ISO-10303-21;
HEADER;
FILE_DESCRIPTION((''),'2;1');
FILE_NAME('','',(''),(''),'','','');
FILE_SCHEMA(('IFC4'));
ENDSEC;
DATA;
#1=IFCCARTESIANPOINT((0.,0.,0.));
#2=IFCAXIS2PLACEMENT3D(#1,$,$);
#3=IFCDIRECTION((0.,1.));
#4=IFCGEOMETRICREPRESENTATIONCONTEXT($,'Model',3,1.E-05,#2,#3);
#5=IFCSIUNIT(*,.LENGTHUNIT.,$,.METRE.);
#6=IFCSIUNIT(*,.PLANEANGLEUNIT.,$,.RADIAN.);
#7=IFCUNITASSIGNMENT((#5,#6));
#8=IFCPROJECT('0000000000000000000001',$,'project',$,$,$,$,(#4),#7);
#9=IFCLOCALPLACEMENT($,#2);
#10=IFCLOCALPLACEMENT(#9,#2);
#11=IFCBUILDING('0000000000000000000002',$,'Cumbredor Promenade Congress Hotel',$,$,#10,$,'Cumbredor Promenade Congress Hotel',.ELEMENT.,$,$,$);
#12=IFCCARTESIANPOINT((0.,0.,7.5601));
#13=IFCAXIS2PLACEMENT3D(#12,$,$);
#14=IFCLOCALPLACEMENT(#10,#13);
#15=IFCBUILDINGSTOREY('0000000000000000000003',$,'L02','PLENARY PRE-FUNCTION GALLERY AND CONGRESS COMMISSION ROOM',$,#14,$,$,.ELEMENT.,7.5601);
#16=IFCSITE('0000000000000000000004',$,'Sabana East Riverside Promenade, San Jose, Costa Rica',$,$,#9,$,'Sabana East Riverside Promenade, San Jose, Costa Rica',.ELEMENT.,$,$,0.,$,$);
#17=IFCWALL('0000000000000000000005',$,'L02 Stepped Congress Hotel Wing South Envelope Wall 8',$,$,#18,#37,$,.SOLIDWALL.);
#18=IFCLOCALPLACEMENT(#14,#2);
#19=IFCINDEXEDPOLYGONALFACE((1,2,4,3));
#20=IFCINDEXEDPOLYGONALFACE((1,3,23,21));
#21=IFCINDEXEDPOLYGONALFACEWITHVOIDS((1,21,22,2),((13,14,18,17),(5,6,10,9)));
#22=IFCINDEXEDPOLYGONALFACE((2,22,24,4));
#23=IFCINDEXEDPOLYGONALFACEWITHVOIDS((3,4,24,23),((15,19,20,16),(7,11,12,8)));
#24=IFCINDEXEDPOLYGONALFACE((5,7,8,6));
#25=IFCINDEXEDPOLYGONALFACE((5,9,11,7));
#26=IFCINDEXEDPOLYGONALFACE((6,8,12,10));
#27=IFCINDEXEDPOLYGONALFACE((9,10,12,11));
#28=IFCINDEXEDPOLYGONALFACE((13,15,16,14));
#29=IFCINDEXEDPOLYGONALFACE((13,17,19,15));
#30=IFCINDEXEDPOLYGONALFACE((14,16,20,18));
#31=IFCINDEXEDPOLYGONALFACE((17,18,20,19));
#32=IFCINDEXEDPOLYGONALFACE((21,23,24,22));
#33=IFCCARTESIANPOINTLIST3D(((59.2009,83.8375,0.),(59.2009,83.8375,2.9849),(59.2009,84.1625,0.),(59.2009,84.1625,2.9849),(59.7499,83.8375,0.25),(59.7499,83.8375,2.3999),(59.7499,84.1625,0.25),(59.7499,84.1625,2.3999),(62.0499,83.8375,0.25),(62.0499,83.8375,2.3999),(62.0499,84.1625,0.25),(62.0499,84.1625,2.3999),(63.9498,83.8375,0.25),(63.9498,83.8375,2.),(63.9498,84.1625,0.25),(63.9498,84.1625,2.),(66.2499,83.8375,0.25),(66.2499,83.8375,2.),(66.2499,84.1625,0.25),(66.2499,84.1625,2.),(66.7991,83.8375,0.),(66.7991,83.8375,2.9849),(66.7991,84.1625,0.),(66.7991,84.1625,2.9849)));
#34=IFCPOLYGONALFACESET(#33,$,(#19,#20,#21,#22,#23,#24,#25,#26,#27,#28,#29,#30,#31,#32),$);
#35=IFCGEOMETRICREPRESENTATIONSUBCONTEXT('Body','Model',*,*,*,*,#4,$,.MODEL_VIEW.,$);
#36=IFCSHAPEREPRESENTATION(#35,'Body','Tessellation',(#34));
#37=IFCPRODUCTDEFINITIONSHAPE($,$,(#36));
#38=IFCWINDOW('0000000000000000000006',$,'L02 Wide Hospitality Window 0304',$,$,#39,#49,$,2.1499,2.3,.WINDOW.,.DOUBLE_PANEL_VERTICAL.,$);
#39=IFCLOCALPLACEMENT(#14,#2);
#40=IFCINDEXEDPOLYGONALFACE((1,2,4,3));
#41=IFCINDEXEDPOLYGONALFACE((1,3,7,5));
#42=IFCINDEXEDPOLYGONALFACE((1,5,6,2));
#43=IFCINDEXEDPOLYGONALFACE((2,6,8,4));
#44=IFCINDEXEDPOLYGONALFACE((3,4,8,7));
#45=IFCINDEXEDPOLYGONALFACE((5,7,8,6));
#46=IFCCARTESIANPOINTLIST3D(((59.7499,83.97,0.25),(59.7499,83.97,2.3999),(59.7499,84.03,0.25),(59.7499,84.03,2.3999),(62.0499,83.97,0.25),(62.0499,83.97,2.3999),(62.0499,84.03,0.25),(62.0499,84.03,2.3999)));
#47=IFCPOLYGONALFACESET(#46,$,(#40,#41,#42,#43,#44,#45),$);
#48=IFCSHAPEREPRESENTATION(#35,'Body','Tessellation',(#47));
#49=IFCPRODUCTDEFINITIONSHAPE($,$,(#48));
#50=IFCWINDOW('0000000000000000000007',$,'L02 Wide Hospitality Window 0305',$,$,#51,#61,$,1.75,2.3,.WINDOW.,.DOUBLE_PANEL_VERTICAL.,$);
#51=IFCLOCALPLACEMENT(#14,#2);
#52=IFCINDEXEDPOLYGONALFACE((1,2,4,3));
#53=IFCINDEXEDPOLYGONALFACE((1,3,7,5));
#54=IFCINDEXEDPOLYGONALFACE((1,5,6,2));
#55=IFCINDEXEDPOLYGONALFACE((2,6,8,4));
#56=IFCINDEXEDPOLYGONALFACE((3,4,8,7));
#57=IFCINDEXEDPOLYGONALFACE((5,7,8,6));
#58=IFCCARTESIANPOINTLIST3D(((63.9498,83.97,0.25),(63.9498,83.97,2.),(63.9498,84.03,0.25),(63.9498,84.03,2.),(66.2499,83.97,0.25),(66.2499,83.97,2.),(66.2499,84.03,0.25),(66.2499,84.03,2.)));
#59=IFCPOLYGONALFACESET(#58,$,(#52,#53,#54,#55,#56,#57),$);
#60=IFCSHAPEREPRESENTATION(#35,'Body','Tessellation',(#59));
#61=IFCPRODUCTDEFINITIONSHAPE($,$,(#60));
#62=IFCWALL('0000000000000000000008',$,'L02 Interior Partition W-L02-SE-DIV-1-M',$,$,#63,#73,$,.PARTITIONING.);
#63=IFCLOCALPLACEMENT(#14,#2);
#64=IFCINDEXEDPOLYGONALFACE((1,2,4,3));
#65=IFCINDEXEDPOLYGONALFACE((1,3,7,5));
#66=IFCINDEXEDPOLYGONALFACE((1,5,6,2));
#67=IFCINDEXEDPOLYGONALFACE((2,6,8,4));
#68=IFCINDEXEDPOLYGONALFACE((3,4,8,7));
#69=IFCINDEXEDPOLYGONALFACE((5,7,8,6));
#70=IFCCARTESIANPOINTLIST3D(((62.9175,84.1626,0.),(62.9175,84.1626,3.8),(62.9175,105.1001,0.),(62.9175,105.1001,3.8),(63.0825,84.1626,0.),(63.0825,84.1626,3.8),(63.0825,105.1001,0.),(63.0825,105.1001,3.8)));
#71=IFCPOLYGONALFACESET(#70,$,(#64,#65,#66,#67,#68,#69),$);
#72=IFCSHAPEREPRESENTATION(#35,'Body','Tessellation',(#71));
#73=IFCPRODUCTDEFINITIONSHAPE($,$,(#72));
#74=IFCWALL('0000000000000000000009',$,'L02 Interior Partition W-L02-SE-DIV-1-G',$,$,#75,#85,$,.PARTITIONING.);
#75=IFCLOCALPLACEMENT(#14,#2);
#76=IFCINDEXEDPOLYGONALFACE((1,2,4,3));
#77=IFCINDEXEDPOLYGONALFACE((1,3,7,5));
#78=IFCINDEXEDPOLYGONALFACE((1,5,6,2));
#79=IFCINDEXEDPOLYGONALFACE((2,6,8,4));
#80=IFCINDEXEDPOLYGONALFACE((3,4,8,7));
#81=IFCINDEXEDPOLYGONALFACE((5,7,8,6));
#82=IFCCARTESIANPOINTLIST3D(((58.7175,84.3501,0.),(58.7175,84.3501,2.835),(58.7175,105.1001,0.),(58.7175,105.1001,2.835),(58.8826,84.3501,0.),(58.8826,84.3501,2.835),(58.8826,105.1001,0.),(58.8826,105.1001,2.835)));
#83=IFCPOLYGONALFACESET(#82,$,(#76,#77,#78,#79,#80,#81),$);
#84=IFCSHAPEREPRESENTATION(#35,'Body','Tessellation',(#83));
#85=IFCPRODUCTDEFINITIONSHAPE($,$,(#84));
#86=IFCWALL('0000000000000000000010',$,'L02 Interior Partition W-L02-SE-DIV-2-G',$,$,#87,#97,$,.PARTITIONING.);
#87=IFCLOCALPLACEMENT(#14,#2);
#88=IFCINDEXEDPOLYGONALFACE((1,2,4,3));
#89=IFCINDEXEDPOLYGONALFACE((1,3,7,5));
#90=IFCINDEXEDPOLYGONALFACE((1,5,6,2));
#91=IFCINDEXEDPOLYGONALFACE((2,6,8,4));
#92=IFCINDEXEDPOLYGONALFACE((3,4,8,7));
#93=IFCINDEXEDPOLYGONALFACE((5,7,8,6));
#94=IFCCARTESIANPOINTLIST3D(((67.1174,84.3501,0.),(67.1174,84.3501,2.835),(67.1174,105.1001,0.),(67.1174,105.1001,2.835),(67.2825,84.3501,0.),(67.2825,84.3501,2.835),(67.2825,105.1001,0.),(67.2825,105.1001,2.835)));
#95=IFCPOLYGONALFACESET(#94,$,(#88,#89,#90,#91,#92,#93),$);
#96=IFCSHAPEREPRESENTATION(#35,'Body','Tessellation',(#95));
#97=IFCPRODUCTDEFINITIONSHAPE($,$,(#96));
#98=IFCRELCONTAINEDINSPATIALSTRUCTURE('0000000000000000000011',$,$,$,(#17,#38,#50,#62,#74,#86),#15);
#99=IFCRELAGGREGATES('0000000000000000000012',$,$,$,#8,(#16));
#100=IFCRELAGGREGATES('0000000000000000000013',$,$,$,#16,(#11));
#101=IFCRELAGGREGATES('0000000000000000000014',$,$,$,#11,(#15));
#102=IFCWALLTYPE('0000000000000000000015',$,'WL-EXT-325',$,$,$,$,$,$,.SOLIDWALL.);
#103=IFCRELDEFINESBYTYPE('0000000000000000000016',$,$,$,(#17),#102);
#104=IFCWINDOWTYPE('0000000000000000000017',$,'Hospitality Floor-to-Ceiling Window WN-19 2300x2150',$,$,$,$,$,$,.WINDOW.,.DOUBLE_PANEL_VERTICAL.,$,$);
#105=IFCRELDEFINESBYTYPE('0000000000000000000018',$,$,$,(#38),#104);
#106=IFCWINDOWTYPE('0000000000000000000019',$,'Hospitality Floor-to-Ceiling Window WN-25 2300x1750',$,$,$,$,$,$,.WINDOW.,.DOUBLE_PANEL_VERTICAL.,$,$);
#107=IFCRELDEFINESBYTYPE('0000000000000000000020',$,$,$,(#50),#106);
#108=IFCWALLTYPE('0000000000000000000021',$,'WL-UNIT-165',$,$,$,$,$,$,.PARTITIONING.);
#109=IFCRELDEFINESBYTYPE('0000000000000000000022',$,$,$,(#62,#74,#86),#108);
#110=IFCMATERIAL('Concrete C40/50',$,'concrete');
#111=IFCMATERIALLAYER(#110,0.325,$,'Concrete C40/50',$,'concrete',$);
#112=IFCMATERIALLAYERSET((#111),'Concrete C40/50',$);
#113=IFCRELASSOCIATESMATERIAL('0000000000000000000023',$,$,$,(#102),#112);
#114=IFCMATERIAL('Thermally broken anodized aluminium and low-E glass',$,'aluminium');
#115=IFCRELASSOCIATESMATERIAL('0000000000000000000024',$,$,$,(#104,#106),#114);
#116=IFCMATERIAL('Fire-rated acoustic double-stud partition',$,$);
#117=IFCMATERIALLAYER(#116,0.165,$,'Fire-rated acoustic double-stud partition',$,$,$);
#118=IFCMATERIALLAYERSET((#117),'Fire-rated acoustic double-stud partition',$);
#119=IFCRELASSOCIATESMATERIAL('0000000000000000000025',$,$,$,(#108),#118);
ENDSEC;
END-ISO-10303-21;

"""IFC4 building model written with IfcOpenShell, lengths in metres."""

from ifc_helpers import new_model, si_unit, direction, frame, frame_2d, origin, place, context, subcontext, project, spatial, rectangle, extrude, material, layer, layer_set, type_object, element, fill, save


model = new_model("IFC4")

# Units and contexts
model_context = context("Model", 3, precision=1e-05, world=origin(), true_north=direction((0.0, 1.0)))
body_context = subcontext(model_context, "Body", "Model", "MODEL_VIEW")
ifc_project = project(units=[si_unit("LENGTHUNIT", "METRE"), si_unit("PLANEANGLEUNIT", "RADIAN")], contexts=[model_context])

# Site, building, storey
site_placement = place(None, origin())
site = spatial("IfcSite", under=ifc_project, at=site_placement, Name="Sabana East Riverside Promenade, San Jose, Costa Rica", LongName="Sabana East Riverside Promenade, San Jose, Costa Rica", CompositionType="ELEMENT", RefElevation=0.0)
building_placement = place(site_placement, origin())
building = spatial("IfcBuilding", under=site, at=building_placement, Name="Cumbredor Promenade Congress Hotel", LongName="Cumbredor Promenade Congress Hotel", CompositionType="ELEMENT")
storey_placement = place(building_placement, frame((0.0, 0.0, 7.5601)))
storey = spatial("IfcBuildingStorey", under=building, at=storey_placement, Name="L02", Description="PLENARY PRE-FUNCTION GALLERY AND CONGRESS COMMISSION ROOM", CompositionType="ELEMENT", Elevation=7.5601)

# Shared definitions
ifc_material_1 = material(Name="Concrete C40/50", Category="concrete")

# Wall, openings, windows
ifc_layer_1 = layer(ifc_material_1, 0.325, Name="Concrete C40/50", Category="concrete")
ifc_layer_set_1 = layer_set([ifc_layer_1], Name="Concrete C40/50")
wall_type_1 = type_object("IfcWallType", Name="WL-EXT-325", PredefinedType="SOLIDWALL", material=ifc_layer_set_1)
wall_1_placement = place(storey_placement, frame((59.2009, 84.0, 0.0), z_axis=(0.0, 0.0, 1.0), x_axis=(1.0, 0.0, 0.0)))
wall_1 = element("IfcWall", 1, at=wall_1_placement, inside=storey, type_object=wall_type_1, Name="L02 Stepped Congress Hotel Wing South Envelope Wall 8", PredefinedType="SOLIDWALL", context=body_context, shape_type="SweptSolid", body=[
    extrude(rectangle(XDim=7.5981, YDim=0.325, at=frame_2d((3.7991, 0.0))), origin(), (0.0, 0.0, 1.0), 2.9849),
])
opening_1_placement = place(wall_1_placement, frame((0.5491, 0.0, 0.25)))
opening_1 = element("IfcOpeningElement", 2, at=opening_1_placement, cuts=wall_1, PredefinedType="OPENING", context=body_context, shape_type="SweptSolid", body=[
    extrude(rectangle(XDim=2.3, YDim=2.1499, at=frame_2d((1.1499, 1.075))), frame((0.0, 0.1724, 0.0), z_axis=(0.0, -1.0, 0.0), x_axis=(1.0, 0.0, 0.0)), (0.0, 0.0, 1.0), 0.345),
])
opening_2_placement = place(wall_1_placement, frame((4.749, 0.0, 0.25)))
opening_2 = element("IfcOpeningElement", 3, at=opening_2_placement, cuts=wall_1, PredefinedType="OPENING", context=body_context, shape_type="SweptSolid", body=[
    extrude(rectangle(XDim=2.3, YDim=1.75, at=frame_2d((1.1499, 0.875))), frame((0.0, 0.1724, 0.0), z_axis=(0.0, -1.0, 0.0), x_axis=(1.0, 0.0, 0.0)), (0.0, 0.0, 1.0), 0.345),
])
ifc_material_2 = material(Name="Thermally broken anodized aluminium and low-E glass", Category="aluminium")
window_type_1 = type_object("IfcWindowType", Name="Hospitality Floor-to-Ceiling Window WN-19 2300x2150", PartitioningType="DOUBLE_PANEL_VERTICAL", PredefinedType="WINDOW", material=ifc_material_2)
window_1_placement = place(opening_1_placement, origin())
window_1 = element("IfcWindow", 4, at=window_1_placement, inside=storey, type_object=window_type_1, Name="L02 Wide Hospitality Window 0304", OverallHeight=2.1499, OverallWidth=2.3, PartitioningType="DOUBLE_PANEL_VERTICAL", PredefinedType="WINDOW", context=body_context, shape_type="SweptSolid", body=[
    extrude(rectangle(XDim=2.3, YDim=2.1499, at=frame_2d((1.1499, 1.075))), frame((0.0, 0.03, 0.0), z_axis=(0.0, -1.0, 0.0), x_axis=(1.0, 0.0, 0.0)), (0.0, 0.0, 1.0), 0.0601),
])
fill(opening_1, window_1)
window_type_2 = type_object("IfcWindowType", Name="Hospitality Floor-to-Ceiling Window WN-25 2300x1750", PartitioningType="DOUBLE_PANEL_VERTICAL", PredefinedType="WINDOW", material=ifc_material_2)
window_2_placement = place(opening_2_placement, origin())
window_2 = element("IfcWindow", 5, at=window_2_placement, inside=storey, type_object=window_type_2, Name="L02 Wide Hospitality Window 0305", OverallHeight=1.75, OverallWidth=2.3, PartitioningType="DOUBLE_PANEL_VERTICAL", PredefinedType="WINDOW", context=body_context, shape_type="SweptSolid", body=[
    extrude(rectangle(XDim=2.3, YDim=1.75, at=frame_2d((1.1499, 0.875))), frame((0.0, 0.03, 0.0), z_axis=(0.0, -1.0, 0.0), x_axis=(1.0, 0.0, 0.0)), (0.0, 0.0, 1.0), 0.0601),
])
fill(opening_2, window_2)

# Walls
ifc_material_3 = material(Name="Fire-rated acoustic double-stud partition")
ifc_layer_2 = layer(ifc_material_3, 0.165, Name="Fire-rated acoustic double-stud partition")
ifc_layer_set_2 = layer_set([ifc_layer_2], Name="Fire-rated acoustic double-stud partition")
wall_type_2 = type_object("IfcWallType", Name="WL-UNIT-165", PredefinedType="PARTITIONING", material=ifc_layer_set_2)
wall_2_placement = place(storey_placement, frame((63.0, 84.1626, 0.0), z_axis=(0.0, 0.0, 1.0), x_axis=(0.0, 1.0, 0.0)))
element("IfcWall", 6, at=wall_2_placement, inside=storey, type_object=wall_type_2, Name="L02 Interior Partition W-L02-SE-DIV-1-M", PredefinedType="PARTITIONING", context=body_context, shape_type="SweptSolid", body=[
    extrude(rectangle(XDim=20.9375, YDim=0.165, at=frame_2d((10.4688, 0.0))), origin(), (0.0, 0.0, 1.0), 3.8),
])
for number, where, z_axis, x_axis, name in (
    (7, (58.8, 84.3501, 0.0), (0.0, 0.0, 1.0), (0.0, 1.0, 0.0), "L02 Interior Partition W-L02-SE-DIV-1-G"),
    (8, (67.2, 84.3501, 0.0), (0.0, 0.0, 1.0), (0.0, 1.0, 0.0), "L02 Interior Partition W-L02-SE-DIV-2-G"),
):
    element("IfcWall", number, at=place(storey_placement, frame(where, z_axis=z_axis, x_axis=x_axis)), inside=storey, type_object=wall_type_2, Name=name, PredefinedType="PARTITIONING", context=body_context, shape_type="SweptSolid", body=[
        extrude(rectangle(XDim=20.75, YDim=0.165, at=frame_2d((10.375, 0.0))), origin(), (0.0, 0.0, 1.0), 2.835),
    ])

save(model, "model.ifc")
